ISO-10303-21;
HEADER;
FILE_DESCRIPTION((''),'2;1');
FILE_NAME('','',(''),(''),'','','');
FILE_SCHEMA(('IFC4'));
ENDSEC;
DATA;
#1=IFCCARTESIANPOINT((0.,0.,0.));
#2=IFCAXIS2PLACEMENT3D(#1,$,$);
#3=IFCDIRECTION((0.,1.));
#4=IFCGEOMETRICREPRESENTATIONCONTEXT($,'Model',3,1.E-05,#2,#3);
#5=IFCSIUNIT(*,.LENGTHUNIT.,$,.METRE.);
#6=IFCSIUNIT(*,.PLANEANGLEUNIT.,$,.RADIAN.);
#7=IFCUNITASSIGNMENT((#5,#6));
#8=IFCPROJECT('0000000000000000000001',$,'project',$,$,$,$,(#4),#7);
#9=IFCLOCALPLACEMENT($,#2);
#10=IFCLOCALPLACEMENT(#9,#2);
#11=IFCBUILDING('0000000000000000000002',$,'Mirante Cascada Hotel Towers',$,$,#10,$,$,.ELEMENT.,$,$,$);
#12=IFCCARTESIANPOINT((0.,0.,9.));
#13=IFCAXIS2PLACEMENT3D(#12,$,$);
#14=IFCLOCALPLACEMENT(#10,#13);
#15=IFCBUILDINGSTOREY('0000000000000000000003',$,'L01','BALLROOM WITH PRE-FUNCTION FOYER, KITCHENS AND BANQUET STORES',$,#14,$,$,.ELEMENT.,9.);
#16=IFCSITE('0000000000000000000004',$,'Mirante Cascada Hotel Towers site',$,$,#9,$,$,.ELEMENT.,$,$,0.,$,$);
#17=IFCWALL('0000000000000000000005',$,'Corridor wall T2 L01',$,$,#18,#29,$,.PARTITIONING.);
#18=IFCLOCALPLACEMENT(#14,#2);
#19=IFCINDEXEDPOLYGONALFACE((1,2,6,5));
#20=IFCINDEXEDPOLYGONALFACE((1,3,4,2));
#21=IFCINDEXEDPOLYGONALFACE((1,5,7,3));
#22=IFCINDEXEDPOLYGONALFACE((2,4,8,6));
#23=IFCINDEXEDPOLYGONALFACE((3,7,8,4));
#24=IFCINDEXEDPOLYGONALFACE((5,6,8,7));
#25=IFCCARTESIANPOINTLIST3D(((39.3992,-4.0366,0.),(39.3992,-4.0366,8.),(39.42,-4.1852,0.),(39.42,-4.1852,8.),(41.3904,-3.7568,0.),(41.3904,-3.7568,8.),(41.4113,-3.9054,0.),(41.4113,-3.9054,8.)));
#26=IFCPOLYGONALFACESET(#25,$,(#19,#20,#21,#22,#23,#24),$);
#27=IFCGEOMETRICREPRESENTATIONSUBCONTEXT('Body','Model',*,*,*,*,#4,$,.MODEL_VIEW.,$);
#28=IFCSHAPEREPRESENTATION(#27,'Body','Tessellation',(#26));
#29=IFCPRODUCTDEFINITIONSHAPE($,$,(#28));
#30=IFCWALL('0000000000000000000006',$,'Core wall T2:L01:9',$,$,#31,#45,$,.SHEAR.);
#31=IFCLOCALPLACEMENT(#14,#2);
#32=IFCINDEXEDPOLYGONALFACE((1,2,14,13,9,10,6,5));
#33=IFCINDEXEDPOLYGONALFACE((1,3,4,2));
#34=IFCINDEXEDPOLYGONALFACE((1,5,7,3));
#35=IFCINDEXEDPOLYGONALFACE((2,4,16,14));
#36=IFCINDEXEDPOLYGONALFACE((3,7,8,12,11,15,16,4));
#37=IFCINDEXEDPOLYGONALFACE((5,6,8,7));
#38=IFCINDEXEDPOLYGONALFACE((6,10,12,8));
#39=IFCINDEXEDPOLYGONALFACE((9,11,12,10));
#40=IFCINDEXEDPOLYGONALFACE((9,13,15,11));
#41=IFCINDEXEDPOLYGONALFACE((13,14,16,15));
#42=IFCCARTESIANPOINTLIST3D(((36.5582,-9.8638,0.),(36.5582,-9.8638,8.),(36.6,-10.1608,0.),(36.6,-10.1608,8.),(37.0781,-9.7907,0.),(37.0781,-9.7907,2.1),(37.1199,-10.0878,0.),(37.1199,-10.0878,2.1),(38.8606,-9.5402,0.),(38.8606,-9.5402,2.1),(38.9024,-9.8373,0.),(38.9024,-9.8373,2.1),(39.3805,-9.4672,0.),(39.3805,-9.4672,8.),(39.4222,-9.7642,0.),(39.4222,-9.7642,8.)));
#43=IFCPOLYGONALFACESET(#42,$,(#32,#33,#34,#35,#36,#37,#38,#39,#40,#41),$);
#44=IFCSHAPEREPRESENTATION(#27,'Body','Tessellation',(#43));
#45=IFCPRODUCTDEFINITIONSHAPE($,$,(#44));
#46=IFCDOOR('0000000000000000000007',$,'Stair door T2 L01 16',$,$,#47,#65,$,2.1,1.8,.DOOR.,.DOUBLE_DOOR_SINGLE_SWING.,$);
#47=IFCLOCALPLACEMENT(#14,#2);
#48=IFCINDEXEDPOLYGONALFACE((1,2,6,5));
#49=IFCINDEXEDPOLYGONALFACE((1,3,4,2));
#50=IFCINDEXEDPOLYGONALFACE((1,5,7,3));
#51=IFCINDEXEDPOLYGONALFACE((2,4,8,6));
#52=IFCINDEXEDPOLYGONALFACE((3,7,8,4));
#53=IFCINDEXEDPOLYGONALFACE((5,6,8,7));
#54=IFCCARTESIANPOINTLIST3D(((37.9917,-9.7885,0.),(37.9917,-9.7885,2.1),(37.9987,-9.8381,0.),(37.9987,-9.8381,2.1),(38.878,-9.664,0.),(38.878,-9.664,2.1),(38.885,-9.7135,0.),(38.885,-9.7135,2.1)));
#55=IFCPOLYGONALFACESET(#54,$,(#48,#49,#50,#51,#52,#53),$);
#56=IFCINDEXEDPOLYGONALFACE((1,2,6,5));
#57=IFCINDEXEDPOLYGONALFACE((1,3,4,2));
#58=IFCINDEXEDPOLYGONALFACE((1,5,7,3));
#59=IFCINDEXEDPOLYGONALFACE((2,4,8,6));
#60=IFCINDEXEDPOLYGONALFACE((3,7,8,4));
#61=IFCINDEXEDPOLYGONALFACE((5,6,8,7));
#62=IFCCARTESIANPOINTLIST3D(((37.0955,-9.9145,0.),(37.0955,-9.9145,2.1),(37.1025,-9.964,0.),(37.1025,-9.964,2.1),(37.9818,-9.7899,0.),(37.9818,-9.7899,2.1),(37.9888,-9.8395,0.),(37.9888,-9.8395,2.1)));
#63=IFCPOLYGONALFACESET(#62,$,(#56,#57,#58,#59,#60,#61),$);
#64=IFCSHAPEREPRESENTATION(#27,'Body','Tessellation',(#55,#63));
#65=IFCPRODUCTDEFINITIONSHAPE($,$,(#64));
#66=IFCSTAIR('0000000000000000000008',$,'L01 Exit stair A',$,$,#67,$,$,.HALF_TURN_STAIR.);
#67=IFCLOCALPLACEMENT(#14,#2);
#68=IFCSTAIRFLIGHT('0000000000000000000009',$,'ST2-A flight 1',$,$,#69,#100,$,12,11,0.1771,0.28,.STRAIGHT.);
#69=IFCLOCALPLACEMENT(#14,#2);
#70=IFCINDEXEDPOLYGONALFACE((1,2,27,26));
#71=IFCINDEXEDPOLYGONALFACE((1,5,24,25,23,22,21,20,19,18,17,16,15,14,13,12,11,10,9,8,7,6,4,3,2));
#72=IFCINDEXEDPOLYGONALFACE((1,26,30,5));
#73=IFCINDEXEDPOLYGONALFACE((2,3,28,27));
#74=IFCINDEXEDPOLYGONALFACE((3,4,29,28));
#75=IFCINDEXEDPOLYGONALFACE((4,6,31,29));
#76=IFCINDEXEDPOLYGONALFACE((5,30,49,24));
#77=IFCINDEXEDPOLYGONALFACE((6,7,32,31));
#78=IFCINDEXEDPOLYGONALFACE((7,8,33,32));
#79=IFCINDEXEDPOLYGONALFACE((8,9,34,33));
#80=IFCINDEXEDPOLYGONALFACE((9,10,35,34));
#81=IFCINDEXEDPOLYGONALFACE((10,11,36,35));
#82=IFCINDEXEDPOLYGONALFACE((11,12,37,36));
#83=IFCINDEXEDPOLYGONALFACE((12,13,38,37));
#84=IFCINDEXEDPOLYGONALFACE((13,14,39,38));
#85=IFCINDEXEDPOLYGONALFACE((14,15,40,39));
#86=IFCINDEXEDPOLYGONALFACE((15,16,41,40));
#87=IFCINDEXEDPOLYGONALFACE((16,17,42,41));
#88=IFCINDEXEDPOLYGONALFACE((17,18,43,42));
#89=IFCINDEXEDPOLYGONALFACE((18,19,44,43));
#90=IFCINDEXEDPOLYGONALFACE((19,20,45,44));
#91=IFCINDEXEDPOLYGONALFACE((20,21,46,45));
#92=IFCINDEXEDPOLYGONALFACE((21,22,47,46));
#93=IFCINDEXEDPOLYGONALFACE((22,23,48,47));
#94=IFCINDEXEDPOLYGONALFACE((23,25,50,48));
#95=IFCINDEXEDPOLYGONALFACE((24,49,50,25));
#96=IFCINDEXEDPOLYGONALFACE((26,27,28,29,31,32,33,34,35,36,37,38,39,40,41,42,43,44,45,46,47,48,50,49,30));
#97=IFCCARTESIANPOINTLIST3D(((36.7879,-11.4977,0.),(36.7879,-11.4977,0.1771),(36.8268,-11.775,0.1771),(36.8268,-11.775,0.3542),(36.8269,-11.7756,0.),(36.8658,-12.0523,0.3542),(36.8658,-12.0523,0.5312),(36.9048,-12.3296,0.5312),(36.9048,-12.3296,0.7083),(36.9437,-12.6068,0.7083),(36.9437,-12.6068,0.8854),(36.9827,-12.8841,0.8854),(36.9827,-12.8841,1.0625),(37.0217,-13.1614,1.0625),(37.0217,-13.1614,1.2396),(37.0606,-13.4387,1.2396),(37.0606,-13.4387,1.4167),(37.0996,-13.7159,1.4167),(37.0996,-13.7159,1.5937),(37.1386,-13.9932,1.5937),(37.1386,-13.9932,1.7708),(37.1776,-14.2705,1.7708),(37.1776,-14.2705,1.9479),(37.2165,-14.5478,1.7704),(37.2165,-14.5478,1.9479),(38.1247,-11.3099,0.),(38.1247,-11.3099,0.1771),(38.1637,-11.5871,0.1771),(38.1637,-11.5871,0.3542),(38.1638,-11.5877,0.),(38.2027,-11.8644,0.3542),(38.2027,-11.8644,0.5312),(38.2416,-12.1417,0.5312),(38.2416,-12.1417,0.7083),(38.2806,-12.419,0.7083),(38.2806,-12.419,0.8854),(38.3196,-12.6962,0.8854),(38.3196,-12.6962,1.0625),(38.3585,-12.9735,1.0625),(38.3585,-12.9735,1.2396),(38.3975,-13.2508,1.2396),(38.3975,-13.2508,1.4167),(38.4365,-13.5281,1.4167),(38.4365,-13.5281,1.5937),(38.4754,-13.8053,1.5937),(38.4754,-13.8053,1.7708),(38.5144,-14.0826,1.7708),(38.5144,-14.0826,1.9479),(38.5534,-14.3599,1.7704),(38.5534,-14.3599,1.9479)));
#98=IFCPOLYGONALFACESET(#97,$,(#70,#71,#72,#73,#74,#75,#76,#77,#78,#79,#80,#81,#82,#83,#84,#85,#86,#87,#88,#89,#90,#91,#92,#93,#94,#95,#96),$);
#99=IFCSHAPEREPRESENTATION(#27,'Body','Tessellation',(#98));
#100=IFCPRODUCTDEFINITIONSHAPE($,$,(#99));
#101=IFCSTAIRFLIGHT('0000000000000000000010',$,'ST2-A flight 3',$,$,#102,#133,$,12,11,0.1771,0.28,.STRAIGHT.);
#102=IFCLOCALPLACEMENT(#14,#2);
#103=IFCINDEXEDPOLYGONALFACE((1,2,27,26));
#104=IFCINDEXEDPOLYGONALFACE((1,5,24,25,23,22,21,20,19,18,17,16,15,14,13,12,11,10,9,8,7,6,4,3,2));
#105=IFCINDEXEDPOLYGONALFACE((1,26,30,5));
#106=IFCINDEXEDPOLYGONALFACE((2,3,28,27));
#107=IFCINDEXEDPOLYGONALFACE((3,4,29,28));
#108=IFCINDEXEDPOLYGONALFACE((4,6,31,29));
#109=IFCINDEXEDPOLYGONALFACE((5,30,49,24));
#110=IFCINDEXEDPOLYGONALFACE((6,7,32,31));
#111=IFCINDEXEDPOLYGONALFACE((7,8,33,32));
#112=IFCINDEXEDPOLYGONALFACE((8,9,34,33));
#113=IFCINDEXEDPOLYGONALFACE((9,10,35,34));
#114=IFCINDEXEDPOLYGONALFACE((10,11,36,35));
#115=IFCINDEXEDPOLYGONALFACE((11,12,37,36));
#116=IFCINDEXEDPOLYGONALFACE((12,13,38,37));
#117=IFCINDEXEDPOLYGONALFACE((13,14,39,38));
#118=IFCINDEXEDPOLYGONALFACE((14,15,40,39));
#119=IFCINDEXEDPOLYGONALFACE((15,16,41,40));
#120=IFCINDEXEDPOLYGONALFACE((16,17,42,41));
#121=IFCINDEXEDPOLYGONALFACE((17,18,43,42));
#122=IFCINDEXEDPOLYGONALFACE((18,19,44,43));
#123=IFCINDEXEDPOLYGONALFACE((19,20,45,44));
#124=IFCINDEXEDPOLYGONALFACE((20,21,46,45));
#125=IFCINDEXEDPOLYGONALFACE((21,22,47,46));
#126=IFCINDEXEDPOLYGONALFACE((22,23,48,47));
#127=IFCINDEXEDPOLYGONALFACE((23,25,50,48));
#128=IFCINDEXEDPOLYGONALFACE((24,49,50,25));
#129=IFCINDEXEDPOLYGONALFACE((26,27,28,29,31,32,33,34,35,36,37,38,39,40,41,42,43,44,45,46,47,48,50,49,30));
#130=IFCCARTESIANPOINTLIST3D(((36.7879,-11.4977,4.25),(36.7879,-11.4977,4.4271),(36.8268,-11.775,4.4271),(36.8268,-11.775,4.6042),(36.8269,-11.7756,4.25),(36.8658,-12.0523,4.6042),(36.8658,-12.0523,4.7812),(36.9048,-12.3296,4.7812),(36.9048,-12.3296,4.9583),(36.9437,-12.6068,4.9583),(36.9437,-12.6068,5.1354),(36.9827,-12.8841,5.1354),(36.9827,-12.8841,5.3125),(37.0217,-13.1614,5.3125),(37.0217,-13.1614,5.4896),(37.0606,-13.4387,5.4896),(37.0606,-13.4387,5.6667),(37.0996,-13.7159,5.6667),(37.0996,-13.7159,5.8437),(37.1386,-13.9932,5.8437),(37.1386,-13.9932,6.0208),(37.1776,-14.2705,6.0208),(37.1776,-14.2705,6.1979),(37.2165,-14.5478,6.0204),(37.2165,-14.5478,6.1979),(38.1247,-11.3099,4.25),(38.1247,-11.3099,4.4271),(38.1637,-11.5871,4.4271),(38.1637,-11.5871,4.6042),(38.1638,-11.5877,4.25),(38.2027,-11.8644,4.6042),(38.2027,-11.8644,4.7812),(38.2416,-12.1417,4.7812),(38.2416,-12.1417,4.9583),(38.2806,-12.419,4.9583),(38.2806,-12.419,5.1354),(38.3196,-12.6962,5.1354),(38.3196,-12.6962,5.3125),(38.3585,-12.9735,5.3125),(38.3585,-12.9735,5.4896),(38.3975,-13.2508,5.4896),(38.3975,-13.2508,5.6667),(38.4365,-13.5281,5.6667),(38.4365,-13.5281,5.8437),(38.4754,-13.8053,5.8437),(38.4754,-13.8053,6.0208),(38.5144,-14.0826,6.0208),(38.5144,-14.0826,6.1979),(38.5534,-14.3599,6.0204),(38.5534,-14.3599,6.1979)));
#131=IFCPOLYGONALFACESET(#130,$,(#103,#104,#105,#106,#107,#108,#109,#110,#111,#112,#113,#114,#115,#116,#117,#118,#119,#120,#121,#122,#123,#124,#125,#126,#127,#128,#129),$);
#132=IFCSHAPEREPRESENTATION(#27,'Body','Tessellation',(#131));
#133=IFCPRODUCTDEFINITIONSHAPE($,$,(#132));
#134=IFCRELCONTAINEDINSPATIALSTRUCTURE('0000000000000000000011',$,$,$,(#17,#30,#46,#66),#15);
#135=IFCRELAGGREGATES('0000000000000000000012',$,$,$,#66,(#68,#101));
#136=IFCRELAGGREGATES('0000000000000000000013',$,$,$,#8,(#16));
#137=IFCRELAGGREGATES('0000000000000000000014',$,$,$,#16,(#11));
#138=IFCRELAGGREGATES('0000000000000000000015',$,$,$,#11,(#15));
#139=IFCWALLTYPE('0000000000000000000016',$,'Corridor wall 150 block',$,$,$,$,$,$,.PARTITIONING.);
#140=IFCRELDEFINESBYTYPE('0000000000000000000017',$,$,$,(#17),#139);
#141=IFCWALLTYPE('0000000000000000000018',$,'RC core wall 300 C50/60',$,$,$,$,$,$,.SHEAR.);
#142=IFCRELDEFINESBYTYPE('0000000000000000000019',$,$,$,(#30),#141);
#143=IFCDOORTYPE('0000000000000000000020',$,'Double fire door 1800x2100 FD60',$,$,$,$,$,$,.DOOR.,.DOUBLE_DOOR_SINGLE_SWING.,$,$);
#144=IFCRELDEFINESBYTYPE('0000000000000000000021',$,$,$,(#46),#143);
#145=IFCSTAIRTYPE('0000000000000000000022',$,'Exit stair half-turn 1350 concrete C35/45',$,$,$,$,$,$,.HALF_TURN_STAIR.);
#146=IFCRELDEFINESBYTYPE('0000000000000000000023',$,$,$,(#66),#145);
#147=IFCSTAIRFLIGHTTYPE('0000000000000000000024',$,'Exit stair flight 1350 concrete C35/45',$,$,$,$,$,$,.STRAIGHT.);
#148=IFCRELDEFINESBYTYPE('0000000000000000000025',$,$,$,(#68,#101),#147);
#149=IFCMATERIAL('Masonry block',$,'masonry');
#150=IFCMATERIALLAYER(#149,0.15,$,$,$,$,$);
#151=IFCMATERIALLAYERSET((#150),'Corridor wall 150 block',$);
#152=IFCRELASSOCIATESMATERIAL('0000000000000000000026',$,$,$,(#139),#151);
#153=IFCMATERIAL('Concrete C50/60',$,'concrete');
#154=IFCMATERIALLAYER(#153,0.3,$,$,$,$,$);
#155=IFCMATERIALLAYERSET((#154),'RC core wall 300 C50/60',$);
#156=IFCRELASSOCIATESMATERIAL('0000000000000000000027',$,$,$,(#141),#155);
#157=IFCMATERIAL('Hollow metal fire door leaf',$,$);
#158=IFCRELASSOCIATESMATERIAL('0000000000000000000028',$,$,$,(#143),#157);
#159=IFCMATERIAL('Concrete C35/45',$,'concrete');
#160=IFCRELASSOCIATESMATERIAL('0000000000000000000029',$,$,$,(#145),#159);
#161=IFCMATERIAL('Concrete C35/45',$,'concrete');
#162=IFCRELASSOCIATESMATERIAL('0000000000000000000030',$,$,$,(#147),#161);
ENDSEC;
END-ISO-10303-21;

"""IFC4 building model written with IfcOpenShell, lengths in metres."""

from ifc_helpers import new_model, si_unit, direction, frame, frame_2d, origin, place, context, subcontext, project, spatial, polyline, rectangle, outline, extrude, material, layer, layer_set, type_object, element, fill, aggregate, save


model = new_model("IFC4")

# Units and contexts
model_context = context("Model", 3, precision=1e-05, world=origin(), true_north=direction((0.0, 1.0)))
body_context = subcontext(model_context, "Body", "Model", "MODEL_VIEW")
ifc_project = project(units=[si_unit("LENGTHUNIT", "METRE"), si_unit("PLANEANGLEUNIT", "RADIAN")], contexts=[model_context])

# Site, building, storey
site_placement = place(None, origin())
site = spatial("IfcSite", under=ifc_project, at=site_placement, Name="Mirante Cascada Hotel Towers site", CompositionType="ELEMENT", RefElevation=0.0)
building_placement = place(site_placement, origin())
building = spatial("IfcBuilding", under=site, at=building_placement, Name="Mirante Cascada Hotel Towers", CompositionType="ELEMENT")
storey_placement = place(building_placement, frame((0.0, 0.0, 9.0)))
storey = spatial("IfcBuildingStorey", under=building, at=storey_placement, Name="L01", Description="BALLROOM WITH PRE-FUNCTION FOYER, KITCHENS AND BANQUET STORES", CompositionType="ELEMENT", Elevation=9.0)

# Wall
ifc_material_1 = material(Name="Masonry block", Category="masonry")
ifc_layer_1 = layer(ifc_material_1, 0.15)
ifc_layer_set_1 = layer_set([ifc_layer_1], Name="Corridor wall 150 block")
wall_type_1 = type_object("IfcWallType", Name="Corridor wall 150 block", PredefinedType="PARTITIONING", material=ifc_layer_set_1)
wall_1_placement = place(storey_placement, frame((39.4096, -4.1109, 0.0), z_axis=(0.0, 0.0, 1.0), x_axis=(0.990271, 0.139151, 0.0)))
element("IfcWall", 1, at=wall_1_placement, inside=storey, type_object=wall_type_1, Name="Corridor wall T2 L01", PredefinedType="PARTITIONING", context=body_context, shape_type="SweptSolid", body=[
    extrude(rectangle(XDim=2.0108, YDim=0.15, at=frame_2d((1.0054, 0.0))), origin(), (0.0, 0.0, 1.0), 8.0),
])

# Wall, opening, door
ifc_material_2 = material(Name="Concrete C50/60", Category="concrete")
ifc_layer_2 = layer(ifc_material_2, 0.3)
ifc_layer_set_2 = layer_set([ifc_layer_2], Name="RC core wall 300 C50/60")
wall_type_2 = type_object("IfcWallType", Name="RC core wall 300 C50/60", PredefinedType="SHEAR", material=ifc_layer_set_2)
wall_2_placement = place(storey_placement, frame((36.5791, -10.0123, 0.0), z_axis=(0.0, 0.0, 1.0), x_axis=(0.99027, 0.139156, 0.0)))
wall_2 = element("IfcWall", 2, at=wall_2_placement, inside=storey, type_object=wall_type_2, Name="Core wall T2:L01:9", PredefinedType="SHEAR", context=body_context, shape_type="SweptSolid", body=[
    extrude(rectangle(XDim=2.85, YDim=0.3, at=frame_2d((1.425, 0.0))), origin(), (0.0, 0.0, 1.0), 8.0),
])
opening_1_placement = place(wall_2_placement, frame((0.525, 0.0, 0.0)))
opening_1 = element("IfcOpeningElement", 3, at=opening_1_placement, cuts=wall_2, PredefinedType="OPENING", context=body_context, shape_type="SweptSolid", body=[
    extrude(rectangle(XDim=1.8, YDim=2.1, at=frame_2d((0.9, 1.05))), frame((0.0, 0.15, 0.0), z_axis=(0.0, -1.0, 0.0), x_axis=(1.0, 0.0, 0.0)), (0.0, 0.0, 1.0), 0.3),
])
ifc_material_3 = material(Name="Hollow metal fire door leaf")
door_type_1 = type_object("IfcDoorType", Name="Double fire door 1800x2100 FD60", OperationType="DOUBLE_DOOR_SINGLE_SWING", PredefinedType="DOOR", material=ifc_material_3)
door_1_placement = place(opening_1_placement, frame((1.8, 0.0, 0.0), z_axis=(0.0, 0.0, 1.0), x_axis=(-1.0, 0.0, 0.0)))
door_1 = element("IfcDoor", 4, at=door_1_placement, inside=storey, type_object=door_type_1, Name="Stair door T2 L01 16", OperationType="DOUBLE_DOOR_SINGLE_SWING", OverallHeight=2.1, OverallWidth=1.8, PredefinedType="DOOR", context=body_context, shape_type="SweptSolid", body=[
    extrude(rectangle(XDim=0.895, YDim=2.1, at=frame_2d((0.4475, 1.05))), frame((0.0, 0.025, 0.0), z_axis=(0.0, -1.0, 0.0), x_axis=(1.0, 0.0, 0.0)), (0.0, 0.0, 1.0), 0.05),
    extrude(rectangle(XDim=0.895, YDim=2.1, at=frame_2d((1.3525, 1.05))), frame((0.0, 0.025, 0.0), z_axis=(0.0, -1.0, 0.0), x_axis=(1.0, 0.0, 0.0)), (0.0, 0.0, 1.0), 0.05),
])
fill(opening_1, door_1)

# Stair, stair flights
ifc_material_4 = material(Name="Concrete C35/45", Category="concrete")
stair_type = type_object("IfcStairType", Name="Exit stair half-turn 1350 concrete C35/45", PredefinedType="HALF_TURN_STAIR", material=ifc_material_4)
stair_placement = place(storey_placement, origin())
stair = element("IfcStair", 5, at=stair_placement, inside=storey, type_object=stair_type, Name="L01 Exit stair A", PredefinedType="HALF_TURN_STAIR")
ifc_material_5 = material(Name="Concrete C35/45", Category="concrete")
stair_flight_type = type_object("IfcStairFlightType", Name="Exit stair flight 1350 concrete C35/45", PredefinedType="STRAIGHT", material=ifc_material_5)
stair_flight_1_placement = place(storey_placement, frame((37.4563, -11.4038, 0.0), z_axis=(0.0, 0.0, 1.0), x_axis=(0.139173, -0.990268, 0.0)))
stair_flight_1 = element("IfcStairFlight", 6, at=stair_flight_1_placement, type_object=stair_flight_type, Name="ST2-A flight 1", NumberOfRisers=12, NumberOfTreads=11, PredefinedType="STRAIGHT", RiserHeight=0.1771, TreadLength=0.28, context=body_context, shape_type="SweptSolid", body=[
    extrude(outline(polyline([(0.0, 0.0), (0.0, 0.1771), (0.28, 0.1771), (0.28, 0.3542), (0.56, 0.3542), (0.56, 0.5312), (0.84, 0.5312), (0.84, 0.7083), (1.12, 0.7083), (1.12, 0.8854), (1.4, 0.8854), (1.4, 1.0625), (1.68, 1.0625), (1.68, 1.2396), (1.96, 1.2396), (1.96, 1.4167), (2.24, 1.4167), (2.24, 1.5937), (2.52, 1.5937), (2.52, 1.7708), (2.8, 1.7708), (2.8, 1.9479), (3.08, 1.9479), (3.08, 2.125), (3.08, 1.7704), (0.2806, 0.0), (0.0, 0.0)])), frame((0.0, 0.675, 0.0), z_axis=(0.0, -1.0, 0.0), x_axis=(1.0, 0.0, 0.0)), (0.0, 0.0, 1.0), 1.35),
])
stair_flight_2_placement = place(storey_placement, frame((37.4563, -11.4038, 4.25), z_axis=(0.0, 0.0, 1.0), x_axis=(0.139173, -0.990268, 0.0)))
stair_flight_2 = element("IfcStairFlight", 7, at=stair_flight_2_placement, type_object=stair_flight_type, Name="ST2-A flight 3", NumberOfRisers=12, NumberOfTreads=11, PredefinedType="STRAIGHT", RiserHeight=0.1771, TreadLength=0.28, context=body_context, shape_type="SweptSolid", body=[
    extrude(outline(polyline([(0.0, 0.0), (0.0, 0.1771), (0.28, 0.1771), (0.28, 0.3542), (0.56, 0.3542), (0.56, 0.5312), (0.84, 0.5312), (0.84, 0.7083), (1.12, 0.7083), (1.12, 0.8854), (1.4, 0.8854), (1.4, 1.0625), (1.68, 1.0625), (1.68, 1.2396), (1.96, 1.2396), (1.96, 1.4167), (2.24, 1.4167), (2.24, 1.5937), (2.52, 1.5937), (2.52, 1.7708), (2.8, 1.7708), (2.8, 1.9479), (3.08, 1.9479), (3.08, 2.125), (3.08, 1.7704), (0.2806, 0.0), (0.0, 0.0)])), frame((0.0, 0.675, 0.0), z_axis=(0.0, -1.0, 0.0), x_axis=(1.0, 0.0, 0.0)), (0.0, 0.0, 1.0), 1.35),
])
aggregate(stair, [stair_flight_1, stair_flight_2])

save(model, "model.ifc")
